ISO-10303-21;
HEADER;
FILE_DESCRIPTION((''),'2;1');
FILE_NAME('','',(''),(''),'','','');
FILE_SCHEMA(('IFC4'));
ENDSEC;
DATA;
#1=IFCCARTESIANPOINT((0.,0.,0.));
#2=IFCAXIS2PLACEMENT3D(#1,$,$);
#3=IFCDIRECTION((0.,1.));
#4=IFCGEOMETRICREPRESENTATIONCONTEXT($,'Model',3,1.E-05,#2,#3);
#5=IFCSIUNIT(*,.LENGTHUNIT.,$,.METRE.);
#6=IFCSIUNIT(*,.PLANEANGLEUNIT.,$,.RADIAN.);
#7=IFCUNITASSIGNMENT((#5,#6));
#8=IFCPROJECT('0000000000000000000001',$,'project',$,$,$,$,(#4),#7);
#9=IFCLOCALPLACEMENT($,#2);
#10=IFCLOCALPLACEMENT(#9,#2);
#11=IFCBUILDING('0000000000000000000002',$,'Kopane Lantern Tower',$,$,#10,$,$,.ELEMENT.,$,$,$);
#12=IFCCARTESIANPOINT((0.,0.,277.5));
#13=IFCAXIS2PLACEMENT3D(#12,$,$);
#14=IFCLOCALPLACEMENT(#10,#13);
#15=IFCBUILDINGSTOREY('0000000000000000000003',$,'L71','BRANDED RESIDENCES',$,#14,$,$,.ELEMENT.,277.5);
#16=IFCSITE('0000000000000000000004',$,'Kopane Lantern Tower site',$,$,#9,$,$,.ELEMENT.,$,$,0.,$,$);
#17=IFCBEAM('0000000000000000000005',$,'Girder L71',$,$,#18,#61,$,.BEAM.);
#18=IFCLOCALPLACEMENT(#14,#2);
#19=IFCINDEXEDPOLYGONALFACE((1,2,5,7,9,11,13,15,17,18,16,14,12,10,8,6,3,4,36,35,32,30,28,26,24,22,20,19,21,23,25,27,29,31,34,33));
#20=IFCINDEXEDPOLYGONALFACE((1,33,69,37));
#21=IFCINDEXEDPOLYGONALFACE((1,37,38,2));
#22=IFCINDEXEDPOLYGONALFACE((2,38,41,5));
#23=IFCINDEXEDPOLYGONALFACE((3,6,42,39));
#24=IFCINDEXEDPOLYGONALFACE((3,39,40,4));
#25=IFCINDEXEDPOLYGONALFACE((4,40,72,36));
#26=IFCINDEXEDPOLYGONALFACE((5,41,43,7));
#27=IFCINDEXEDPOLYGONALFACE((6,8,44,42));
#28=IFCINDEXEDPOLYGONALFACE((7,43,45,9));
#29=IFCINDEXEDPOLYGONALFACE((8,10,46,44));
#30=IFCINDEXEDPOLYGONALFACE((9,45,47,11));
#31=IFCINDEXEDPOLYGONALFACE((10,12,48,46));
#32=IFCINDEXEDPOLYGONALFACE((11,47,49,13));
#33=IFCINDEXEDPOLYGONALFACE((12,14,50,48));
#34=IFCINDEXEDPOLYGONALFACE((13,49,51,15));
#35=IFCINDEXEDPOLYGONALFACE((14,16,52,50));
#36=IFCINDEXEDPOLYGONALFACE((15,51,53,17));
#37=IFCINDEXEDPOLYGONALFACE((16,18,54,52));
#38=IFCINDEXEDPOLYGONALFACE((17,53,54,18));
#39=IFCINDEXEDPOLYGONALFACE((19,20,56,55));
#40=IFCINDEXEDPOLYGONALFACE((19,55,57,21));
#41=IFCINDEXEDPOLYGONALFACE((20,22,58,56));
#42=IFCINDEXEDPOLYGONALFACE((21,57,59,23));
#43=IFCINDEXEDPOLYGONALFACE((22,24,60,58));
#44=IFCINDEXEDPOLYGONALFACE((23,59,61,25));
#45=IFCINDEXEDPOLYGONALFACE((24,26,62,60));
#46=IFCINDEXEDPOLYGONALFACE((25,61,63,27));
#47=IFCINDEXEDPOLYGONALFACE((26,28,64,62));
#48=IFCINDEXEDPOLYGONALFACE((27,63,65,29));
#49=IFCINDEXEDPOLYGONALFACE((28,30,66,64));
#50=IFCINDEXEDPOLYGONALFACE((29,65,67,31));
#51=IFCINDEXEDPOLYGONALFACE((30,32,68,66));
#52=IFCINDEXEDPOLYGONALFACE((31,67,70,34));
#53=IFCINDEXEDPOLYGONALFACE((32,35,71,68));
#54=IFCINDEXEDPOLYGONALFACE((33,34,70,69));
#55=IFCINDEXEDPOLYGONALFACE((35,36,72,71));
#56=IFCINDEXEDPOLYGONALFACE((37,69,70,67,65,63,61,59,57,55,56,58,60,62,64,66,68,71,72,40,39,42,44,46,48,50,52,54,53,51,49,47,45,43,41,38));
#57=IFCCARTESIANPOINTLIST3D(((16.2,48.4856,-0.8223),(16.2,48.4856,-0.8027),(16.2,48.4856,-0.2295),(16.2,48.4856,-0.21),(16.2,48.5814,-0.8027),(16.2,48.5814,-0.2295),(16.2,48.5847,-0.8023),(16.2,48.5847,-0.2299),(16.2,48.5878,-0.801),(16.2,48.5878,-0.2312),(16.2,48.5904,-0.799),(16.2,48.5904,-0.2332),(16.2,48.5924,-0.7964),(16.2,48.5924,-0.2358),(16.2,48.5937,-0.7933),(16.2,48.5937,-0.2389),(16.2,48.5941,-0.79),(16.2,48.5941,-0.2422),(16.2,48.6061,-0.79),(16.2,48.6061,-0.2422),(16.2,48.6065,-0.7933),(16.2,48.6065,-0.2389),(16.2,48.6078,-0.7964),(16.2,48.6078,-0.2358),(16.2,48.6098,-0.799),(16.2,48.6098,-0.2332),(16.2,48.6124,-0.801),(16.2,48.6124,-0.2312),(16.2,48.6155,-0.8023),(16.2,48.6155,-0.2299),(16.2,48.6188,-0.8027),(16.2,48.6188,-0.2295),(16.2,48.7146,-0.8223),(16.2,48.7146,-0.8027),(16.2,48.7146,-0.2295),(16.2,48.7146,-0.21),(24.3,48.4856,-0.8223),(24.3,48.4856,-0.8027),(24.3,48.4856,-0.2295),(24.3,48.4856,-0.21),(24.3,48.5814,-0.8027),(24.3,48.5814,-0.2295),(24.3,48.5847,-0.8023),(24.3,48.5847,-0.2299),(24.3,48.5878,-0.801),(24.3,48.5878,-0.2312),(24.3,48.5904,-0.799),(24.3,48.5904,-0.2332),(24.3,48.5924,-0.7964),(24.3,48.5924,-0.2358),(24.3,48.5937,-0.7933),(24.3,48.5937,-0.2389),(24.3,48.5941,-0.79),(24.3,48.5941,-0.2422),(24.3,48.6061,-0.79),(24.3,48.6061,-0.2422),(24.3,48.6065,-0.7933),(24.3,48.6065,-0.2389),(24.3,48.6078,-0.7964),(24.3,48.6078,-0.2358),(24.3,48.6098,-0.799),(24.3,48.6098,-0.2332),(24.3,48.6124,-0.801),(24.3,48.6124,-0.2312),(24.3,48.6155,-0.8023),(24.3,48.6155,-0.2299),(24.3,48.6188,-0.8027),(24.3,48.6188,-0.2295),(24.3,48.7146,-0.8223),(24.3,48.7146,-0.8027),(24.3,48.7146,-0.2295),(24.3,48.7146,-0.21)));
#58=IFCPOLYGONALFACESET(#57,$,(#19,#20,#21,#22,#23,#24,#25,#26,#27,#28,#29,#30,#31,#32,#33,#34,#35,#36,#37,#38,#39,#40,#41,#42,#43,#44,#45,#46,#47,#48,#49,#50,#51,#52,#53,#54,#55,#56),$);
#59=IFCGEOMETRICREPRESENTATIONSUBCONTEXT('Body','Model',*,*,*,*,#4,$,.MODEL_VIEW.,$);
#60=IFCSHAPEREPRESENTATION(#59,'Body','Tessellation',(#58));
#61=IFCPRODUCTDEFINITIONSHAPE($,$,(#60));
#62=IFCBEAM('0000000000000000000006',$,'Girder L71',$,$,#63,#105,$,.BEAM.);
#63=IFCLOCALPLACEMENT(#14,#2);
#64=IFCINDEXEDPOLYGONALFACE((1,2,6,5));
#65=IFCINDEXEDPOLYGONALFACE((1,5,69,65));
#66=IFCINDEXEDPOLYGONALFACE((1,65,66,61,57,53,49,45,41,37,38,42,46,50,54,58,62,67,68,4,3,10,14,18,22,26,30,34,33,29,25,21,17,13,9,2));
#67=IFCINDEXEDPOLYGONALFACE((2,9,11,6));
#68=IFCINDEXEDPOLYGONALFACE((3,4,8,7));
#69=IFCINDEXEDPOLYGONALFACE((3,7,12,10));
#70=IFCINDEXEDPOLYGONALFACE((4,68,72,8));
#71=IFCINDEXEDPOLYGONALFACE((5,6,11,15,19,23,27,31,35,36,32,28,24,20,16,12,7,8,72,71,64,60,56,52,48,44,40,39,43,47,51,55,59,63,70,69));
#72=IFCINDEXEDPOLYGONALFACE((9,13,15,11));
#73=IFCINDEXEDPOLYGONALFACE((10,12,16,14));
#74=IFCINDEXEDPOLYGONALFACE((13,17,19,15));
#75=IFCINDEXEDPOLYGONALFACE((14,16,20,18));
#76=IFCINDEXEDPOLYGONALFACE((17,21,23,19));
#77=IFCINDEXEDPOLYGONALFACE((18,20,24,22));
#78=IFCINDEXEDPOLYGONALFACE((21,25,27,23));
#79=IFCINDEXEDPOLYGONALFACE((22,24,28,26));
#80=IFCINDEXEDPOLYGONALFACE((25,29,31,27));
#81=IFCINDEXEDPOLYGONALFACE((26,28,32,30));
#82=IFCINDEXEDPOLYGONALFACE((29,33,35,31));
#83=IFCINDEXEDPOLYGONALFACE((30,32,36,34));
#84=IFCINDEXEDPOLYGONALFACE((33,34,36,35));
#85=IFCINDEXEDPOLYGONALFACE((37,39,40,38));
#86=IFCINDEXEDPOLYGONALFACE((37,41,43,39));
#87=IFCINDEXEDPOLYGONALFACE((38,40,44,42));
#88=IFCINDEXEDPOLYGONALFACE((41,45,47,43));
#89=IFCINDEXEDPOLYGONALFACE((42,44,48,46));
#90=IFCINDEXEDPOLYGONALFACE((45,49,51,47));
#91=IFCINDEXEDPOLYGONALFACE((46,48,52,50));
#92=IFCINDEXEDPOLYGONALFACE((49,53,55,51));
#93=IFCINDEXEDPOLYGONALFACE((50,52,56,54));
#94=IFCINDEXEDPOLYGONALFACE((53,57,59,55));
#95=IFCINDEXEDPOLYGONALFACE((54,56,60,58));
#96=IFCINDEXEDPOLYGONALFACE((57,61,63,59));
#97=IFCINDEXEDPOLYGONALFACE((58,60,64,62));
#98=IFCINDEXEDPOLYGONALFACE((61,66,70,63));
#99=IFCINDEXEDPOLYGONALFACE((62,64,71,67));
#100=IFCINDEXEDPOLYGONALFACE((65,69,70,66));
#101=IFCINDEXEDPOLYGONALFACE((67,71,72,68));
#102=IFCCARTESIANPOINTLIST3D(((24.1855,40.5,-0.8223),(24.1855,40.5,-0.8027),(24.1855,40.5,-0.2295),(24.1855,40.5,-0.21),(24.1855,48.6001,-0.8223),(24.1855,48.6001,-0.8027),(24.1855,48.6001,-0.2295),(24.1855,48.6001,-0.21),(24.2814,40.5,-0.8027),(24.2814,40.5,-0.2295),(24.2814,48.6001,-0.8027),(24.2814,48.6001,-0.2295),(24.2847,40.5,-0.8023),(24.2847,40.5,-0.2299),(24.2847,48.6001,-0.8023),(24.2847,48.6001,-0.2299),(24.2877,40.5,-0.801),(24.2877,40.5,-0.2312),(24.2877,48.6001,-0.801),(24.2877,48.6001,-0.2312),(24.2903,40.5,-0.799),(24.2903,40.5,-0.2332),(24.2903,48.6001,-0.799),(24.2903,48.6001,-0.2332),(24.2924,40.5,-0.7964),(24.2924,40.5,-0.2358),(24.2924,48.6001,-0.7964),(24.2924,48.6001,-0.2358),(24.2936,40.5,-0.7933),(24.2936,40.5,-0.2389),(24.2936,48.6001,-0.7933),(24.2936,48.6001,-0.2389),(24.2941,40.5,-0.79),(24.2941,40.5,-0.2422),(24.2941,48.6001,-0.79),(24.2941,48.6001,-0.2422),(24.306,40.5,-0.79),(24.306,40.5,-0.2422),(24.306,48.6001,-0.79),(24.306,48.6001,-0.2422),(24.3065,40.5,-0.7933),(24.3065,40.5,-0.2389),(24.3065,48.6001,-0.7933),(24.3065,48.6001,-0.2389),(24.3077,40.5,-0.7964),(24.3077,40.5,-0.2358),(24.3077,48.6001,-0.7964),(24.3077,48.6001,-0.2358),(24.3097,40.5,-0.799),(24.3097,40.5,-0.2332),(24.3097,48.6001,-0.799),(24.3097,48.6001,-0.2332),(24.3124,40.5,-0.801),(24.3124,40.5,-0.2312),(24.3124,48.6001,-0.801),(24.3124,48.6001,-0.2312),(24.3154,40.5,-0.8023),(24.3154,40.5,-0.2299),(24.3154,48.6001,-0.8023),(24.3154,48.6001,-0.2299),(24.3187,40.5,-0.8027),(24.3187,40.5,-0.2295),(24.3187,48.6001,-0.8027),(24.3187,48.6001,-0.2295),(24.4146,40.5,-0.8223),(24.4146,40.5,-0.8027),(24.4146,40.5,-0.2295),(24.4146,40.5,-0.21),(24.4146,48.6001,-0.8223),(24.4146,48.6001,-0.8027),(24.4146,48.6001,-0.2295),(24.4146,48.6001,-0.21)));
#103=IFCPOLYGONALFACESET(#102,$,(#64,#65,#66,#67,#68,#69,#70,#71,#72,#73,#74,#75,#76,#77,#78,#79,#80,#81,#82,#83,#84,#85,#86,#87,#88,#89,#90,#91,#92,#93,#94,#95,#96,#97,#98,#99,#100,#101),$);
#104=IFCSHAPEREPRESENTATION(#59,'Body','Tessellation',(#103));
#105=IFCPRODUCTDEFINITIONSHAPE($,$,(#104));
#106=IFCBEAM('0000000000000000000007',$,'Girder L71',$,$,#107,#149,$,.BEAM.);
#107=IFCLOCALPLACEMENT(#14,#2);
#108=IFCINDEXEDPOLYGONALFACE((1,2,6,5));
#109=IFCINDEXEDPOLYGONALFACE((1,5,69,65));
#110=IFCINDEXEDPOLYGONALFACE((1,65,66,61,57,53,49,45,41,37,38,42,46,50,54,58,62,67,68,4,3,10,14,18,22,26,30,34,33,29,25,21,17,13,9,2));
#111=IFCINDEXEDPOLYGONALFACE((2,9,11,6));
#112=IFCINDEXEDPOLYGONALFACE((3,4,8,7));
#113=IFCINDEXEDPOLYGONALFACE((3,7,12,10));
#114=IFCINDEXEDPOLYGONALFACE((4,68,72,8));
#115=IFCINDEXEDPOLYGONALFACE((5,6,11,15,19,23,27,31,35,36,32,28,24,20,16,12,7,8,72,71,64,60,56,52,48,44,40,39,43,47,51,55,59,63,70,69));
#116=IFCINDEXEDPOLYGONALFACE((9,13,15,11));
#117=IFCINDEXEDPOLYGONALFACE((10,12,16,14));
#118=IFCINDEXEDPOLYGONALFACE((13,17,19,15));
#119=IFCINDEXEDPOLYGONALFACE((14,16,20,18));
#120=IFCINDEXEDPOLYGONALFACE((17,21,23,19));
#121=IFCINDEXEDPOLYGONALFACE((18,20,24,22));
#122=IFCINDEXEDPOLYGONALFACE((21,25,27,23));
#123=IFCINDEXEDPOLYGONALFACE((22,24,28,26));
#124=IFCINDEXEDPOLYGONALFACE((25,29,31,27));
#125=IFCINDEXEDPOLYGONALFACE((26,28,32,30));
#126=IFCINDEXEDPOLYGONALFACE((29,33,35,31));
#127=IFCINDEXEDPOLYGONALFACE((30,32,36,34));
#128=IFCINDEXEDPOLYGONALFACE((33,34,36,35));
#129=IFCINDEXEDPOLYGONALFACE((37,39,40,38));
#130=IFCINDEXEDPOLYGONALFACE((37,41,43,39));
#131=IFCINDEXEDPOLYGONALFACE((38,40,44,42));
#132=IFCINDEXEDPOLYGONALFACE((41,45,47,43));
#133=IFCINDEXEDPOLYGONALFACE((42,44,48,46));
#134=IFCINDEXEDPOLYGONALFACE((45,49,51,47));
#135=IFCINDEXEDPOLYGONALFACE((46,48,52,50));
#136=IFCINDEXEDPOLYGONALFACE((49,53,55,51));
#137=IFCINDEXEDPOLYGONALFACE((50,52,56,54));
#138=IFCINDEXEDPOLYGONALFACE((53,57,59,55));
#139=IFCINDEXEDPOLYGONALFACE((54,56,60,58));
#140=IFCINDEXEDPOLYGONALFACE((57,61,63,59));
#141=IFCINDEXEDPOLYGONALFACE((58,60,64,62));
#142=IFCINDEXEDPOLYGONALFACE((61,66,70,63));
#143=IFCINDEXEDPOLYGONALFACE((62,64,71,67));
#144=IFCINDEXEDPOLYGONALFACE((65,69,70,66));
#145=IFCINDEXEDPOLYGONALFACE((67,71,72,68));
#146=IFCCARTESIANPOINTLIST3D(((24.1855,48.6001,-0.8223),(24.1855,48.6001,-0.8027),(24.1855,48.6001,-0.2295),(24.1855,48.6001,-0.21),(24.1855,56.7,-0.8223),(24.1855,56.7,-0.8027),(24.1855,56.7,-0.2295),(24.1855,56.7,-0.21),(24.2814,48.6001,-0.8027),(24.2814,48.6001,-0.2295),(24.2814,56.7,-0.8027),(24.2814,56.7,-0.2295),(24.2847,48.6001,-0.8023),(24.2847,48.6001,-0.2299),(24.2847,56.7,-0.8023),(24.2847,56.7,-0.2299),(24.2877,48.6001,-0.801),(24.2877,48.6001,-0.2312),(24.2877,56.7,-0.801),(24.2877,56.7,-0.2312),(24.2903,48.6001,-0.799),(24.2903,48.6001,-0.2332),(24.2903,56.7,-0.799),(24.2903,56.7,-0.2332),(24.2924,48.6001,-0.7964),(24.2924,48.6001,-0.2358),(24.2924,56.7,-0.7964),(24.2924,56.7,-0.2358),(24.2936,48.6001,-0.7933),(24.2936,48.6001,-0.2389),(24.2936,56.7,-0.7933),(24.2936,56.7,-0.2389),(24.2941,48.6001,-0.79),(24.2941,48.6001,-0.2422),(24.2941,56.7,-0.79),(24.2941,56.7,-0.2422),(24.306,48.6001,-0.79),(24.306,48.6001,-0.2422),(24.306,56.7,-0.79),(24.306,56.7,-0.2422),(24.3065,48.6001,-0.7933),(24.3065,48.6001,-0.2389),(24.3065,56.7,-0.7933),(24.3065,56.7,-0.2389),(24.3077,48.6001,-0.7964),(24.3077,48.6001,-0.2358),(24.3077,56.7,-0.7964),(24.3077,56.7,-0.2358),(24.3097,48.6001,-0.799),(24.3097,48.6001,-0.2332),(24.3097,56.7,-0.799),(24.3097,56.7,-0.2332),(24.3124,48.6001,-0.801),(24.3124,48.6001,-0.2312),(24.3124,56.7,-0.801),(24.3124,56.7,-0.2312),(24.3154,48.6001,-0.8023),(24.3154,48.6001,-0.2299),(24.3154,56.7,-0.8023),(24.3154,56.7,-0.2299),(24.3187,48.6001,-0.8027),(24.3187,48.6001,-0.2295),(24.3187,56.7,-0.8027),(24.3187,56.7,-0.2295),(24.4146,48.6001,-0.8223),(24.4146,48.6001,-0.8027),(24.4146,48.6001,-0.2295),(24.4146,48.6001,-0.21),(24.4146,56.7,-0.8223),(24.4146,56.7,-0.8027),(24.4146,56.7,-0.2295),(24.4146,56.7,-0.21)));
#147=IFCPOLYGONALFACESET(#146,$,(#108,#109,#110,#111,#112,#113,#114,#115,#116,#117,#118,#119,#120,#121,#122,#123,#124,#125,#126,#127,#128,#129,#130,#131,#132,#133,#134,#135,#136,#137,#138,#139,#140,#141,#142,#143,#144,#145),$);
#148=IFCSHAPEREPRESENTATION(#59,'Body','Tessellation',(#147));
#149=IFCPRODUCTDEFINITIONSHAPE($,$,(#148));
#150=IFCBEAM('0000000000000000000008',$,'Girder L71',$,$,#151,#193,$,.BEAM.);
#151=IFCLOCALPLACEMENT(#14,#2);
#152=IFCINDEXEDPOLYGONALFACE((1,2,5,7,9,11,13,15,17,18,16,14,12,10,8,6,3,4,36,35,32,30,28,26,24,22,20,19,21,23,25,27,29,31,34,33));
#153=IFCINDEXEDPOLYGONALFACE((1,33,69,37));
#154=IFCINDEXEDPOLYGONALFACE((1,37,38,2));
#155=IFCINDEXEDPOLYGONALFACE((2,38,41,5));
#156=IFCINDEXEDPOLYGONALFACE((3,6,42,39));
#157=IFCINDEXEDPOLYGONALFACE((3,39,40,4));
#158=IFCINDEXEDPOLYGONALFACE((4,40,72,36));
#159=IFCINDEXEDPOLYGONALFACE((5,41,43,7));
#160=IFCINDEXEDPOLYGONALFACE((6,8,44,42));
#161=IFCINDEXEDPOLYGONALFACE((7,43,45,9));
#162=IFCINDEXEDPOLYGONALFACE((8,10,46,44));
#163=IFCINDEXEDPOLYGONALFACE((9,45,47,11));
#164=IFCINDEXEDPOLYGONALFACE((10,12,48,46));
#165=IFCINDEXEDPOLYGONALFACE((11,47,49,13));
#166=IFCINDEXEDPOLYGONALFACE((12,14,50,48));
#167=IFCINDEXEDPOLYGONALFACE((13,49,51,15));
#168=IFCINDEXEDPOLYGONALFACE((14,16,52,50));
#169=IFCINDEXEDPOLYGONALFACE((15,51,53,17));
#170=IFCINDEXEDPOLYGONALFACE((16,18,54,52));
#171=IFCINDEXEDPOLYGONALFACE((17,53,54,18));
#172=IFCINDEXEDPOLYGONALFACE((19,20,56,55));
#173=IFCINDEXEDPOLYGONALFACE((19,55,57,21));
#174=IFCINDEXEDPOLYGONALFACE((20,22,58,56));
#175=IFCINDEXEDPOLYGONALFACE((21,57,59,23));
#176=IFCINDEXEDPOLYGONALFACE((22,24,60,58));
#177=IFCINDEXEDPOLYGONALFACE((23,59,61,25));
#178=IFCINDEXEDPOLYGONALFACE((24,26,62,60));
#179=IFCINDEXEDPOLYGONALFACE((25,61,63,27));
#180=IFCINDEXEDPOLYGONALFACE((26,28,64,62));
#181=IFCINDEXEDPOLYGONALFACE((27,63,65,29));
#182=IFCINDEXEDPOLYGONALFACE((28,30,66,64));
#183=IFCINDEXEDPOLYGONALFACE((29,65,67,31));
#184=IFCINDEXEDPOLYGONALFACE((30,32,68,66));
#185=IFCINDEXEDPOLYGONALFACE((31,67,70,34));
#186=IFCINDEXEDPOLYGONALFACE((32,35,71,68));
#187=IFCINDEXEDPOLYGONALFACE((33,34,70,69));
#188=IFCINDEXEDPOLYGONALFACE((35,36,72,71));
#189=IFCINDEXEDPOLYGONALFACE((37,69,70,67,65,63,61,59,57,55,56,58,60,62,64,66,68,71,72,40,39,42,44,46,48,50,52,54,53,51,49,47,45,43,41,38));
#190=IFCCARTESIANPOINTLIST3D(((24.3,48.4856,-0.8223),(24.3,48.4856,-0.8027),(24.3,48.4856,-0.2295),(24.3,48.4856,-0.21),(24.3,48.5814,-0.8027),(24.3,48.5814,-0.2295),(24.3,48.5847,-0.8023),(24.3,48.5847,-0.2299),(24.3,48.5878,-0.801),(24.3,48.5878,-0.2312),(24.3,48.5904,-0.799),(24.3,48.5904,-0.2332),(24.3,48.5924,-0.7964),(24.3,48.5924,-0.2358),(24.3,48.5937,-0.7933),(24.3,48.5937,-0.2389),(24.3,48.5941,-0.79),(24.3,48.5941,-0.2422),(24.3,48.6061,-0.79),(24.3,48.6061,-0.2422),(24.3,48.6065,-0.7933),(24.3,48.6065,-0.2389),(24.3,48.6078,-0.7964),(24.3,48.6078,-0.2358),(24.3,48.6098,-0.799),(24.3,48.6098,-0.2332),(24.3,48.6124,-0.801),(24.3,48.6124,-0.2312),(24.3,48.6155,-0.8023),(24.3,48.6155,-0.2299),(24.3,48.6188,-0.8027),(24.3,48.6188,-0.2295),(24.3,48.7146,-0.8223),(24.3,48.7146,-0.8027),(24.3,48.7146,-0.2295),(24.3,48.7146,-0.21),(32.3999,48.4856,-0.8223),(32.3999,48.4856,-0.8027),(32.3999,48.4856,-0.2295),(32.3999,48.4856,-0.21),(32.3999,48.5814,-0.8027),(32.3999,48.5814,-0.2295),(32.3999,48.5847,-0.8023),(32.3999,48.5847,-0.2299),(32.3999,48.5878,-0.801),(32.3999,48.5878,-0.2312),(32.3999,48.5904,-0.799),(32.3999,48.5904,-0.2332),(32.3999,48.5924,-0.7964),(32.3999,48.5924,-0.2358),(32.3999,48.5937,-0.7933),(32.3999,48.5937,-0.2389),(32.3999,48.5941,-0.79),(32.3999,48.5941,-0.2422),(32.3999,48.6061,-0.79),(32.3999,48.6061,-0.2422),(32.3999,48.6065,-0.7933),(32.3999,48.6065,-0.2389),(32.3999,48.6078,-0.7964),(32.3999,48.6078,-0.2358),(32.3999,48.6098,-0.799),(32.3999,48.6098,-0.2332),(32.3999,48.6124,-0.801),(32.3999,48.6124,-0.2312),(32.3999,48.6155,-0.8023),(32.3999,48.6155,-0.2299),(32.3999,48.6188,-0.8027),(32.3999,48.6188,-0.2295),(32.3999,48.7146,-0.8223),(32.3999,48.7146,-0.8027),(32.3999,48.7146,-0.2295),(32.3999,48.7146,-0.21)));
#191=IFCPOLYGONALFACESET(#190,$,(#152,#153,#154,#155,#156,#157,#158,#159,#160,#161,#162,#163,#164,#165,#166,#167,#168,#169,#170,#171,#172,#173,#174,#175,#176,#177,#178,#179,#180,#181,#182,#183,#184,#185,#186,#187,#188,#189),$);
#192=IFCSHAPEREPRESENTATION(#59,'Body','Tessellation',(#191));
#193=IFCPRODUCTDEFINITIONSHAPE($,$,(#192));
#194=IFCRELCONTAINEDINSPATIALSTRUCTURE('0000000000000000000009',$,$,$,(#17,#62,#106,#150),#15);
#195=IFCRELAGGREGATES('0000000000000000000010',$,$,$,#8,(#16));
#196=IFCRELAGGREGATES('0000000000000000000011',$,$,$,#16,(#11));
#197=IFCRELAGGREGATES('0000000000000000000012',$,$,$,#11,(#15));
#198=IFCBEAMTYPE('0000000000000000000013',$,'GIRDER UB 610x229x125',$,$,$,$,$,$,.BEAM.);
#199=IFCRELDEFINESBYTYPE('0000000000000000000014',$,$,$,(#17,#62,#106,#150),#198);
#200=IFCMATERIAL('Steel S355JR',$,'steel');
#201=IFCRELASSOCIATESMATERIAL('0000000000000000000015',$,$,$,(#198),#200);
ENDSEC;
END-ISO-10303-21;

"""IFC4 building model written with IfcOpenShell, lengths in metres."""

from ifc_helpers import new_model, si_unit, direction, frame, origin, origin_2d, place, context, subcontext, project, spatial, i_section, extrude, material, material_profile, profile_set, type_object, element, save


model = new_model("IFC4")

# Units and contexts
model_context = context("Model", 3, precision=1e-05, world=origin(), true_north=direction((0.0, 1.0)))
body_context = subcontext(model_context, "Body", "Model", "MODEL_VIEW")
ifc_project = project(units=[si_unit("LENGTHUNIT", "METRE"), si_unit("PLANEANGLEUNIT", "RADIAN")], contexts=[model_context])

# Site, building, storey
site_placement = place(None, origin())
site = spatial("IfcSite", under=ifc_project, at=site_placement, Name="Kopane Lantern Tower site", CompositionType="ELEMENT", RefElevation=0.0)
building_placement = place(site_placement, origin())
building = spatial("IfcBuilding", under=site, at=building_placement, Name="Kopane Lantern Tower", CompositionType="ELEMENT")
storey_placement = place(building_placement, frame((0.0, 0.0, 277.5)))
storey = spatial("IfcBuildingStorey", under=building, at=storey_placement, Name="L71", Description="BRANDED RESIDENCES", CompositionType="ELEMENT", Elevation=277.5)

# Beams
ifc_material_1 = material(Name="Steel S355JR", Category="steel")
ifc_material_profile_1 = material_profile(ifc_material_1, i_section(OverallWidth=0.229, OverallDepth=0.6123, WebThickness=0.012, FlangeThickness=0.0195, FilletRadius=0.0127, at=origin_2d()), Name="UB 610x229x125")
ifc_profile_set_1 = profile_set([ifc_material_profile_1], Name="Steel S355JR")
beam_type_1 = type_object("IfcBeamType", Name="GIRDER UB 610x229x125", PredefinedType="BEAM", material=ifc_profile_set_1)
for number, where, z_axis, x_axis, name in (
    (1, (16.2, 48.6001, -0.5161), (1.0, 0.0, 0.0), (0.0, 1.0, 0.0), "Girder L71"),
    (2, (24.3, 40.5, -0.5161), (0.0, 1.0, 0.0), (-1.0, 0.0, 0.0), "Girder L71"),
):
    element("IfcBeam", number, at=place(storey_placement, frame(where, z_axis=z_axis, x_axis=x_axis)), inside=storey, type_object=beam_type_1, Name=name, PredefinedType="BEAM", context=body_context, shape_type="SweptSolid", body=[
        extrude(i_section(OverallWidth=0.229, OverallDepth=0.6123, WebThickness=0.012, FlangeThickness=0.0195, FilletRadius=0.0127, at=origin_2d()), origin(), (0.0, 0.0, 1.0), 8.1001),
    ])
for number, where, z_axis, x_axis, name in (
    (3, (24.3, 48.6001, -0.5161), (0.0, 1.0, 0.0), (-1.0, 0.0, 0.0), "Girder L71"),
    (4, (24.3, 48.6001, -0.5161), (1.0, 0.0, 0.0), (0.0, 1.0, 0.0), "Girder L71"),
):
    element("IfcBeam", number, at=place(storey_placement, frame(where, z_axis=z_axis, x_axis=x_axis)), inside=storey, type_object=beam_type_1, Name=name, PredefinedType="BEAM", context=body_context, shape_type="SweptSolid", body=[
        extrude(i_section(OverallWidth=0.229, OverallDepth=0.6123, WebThickness=0.012, FlangeThickness=0.0195, FilletRadius=0.0127, at=origin_2d()), origin(), (0.0, 0.0, 1.0), 8.0999),
    ])

save(model, "model.ifc")
